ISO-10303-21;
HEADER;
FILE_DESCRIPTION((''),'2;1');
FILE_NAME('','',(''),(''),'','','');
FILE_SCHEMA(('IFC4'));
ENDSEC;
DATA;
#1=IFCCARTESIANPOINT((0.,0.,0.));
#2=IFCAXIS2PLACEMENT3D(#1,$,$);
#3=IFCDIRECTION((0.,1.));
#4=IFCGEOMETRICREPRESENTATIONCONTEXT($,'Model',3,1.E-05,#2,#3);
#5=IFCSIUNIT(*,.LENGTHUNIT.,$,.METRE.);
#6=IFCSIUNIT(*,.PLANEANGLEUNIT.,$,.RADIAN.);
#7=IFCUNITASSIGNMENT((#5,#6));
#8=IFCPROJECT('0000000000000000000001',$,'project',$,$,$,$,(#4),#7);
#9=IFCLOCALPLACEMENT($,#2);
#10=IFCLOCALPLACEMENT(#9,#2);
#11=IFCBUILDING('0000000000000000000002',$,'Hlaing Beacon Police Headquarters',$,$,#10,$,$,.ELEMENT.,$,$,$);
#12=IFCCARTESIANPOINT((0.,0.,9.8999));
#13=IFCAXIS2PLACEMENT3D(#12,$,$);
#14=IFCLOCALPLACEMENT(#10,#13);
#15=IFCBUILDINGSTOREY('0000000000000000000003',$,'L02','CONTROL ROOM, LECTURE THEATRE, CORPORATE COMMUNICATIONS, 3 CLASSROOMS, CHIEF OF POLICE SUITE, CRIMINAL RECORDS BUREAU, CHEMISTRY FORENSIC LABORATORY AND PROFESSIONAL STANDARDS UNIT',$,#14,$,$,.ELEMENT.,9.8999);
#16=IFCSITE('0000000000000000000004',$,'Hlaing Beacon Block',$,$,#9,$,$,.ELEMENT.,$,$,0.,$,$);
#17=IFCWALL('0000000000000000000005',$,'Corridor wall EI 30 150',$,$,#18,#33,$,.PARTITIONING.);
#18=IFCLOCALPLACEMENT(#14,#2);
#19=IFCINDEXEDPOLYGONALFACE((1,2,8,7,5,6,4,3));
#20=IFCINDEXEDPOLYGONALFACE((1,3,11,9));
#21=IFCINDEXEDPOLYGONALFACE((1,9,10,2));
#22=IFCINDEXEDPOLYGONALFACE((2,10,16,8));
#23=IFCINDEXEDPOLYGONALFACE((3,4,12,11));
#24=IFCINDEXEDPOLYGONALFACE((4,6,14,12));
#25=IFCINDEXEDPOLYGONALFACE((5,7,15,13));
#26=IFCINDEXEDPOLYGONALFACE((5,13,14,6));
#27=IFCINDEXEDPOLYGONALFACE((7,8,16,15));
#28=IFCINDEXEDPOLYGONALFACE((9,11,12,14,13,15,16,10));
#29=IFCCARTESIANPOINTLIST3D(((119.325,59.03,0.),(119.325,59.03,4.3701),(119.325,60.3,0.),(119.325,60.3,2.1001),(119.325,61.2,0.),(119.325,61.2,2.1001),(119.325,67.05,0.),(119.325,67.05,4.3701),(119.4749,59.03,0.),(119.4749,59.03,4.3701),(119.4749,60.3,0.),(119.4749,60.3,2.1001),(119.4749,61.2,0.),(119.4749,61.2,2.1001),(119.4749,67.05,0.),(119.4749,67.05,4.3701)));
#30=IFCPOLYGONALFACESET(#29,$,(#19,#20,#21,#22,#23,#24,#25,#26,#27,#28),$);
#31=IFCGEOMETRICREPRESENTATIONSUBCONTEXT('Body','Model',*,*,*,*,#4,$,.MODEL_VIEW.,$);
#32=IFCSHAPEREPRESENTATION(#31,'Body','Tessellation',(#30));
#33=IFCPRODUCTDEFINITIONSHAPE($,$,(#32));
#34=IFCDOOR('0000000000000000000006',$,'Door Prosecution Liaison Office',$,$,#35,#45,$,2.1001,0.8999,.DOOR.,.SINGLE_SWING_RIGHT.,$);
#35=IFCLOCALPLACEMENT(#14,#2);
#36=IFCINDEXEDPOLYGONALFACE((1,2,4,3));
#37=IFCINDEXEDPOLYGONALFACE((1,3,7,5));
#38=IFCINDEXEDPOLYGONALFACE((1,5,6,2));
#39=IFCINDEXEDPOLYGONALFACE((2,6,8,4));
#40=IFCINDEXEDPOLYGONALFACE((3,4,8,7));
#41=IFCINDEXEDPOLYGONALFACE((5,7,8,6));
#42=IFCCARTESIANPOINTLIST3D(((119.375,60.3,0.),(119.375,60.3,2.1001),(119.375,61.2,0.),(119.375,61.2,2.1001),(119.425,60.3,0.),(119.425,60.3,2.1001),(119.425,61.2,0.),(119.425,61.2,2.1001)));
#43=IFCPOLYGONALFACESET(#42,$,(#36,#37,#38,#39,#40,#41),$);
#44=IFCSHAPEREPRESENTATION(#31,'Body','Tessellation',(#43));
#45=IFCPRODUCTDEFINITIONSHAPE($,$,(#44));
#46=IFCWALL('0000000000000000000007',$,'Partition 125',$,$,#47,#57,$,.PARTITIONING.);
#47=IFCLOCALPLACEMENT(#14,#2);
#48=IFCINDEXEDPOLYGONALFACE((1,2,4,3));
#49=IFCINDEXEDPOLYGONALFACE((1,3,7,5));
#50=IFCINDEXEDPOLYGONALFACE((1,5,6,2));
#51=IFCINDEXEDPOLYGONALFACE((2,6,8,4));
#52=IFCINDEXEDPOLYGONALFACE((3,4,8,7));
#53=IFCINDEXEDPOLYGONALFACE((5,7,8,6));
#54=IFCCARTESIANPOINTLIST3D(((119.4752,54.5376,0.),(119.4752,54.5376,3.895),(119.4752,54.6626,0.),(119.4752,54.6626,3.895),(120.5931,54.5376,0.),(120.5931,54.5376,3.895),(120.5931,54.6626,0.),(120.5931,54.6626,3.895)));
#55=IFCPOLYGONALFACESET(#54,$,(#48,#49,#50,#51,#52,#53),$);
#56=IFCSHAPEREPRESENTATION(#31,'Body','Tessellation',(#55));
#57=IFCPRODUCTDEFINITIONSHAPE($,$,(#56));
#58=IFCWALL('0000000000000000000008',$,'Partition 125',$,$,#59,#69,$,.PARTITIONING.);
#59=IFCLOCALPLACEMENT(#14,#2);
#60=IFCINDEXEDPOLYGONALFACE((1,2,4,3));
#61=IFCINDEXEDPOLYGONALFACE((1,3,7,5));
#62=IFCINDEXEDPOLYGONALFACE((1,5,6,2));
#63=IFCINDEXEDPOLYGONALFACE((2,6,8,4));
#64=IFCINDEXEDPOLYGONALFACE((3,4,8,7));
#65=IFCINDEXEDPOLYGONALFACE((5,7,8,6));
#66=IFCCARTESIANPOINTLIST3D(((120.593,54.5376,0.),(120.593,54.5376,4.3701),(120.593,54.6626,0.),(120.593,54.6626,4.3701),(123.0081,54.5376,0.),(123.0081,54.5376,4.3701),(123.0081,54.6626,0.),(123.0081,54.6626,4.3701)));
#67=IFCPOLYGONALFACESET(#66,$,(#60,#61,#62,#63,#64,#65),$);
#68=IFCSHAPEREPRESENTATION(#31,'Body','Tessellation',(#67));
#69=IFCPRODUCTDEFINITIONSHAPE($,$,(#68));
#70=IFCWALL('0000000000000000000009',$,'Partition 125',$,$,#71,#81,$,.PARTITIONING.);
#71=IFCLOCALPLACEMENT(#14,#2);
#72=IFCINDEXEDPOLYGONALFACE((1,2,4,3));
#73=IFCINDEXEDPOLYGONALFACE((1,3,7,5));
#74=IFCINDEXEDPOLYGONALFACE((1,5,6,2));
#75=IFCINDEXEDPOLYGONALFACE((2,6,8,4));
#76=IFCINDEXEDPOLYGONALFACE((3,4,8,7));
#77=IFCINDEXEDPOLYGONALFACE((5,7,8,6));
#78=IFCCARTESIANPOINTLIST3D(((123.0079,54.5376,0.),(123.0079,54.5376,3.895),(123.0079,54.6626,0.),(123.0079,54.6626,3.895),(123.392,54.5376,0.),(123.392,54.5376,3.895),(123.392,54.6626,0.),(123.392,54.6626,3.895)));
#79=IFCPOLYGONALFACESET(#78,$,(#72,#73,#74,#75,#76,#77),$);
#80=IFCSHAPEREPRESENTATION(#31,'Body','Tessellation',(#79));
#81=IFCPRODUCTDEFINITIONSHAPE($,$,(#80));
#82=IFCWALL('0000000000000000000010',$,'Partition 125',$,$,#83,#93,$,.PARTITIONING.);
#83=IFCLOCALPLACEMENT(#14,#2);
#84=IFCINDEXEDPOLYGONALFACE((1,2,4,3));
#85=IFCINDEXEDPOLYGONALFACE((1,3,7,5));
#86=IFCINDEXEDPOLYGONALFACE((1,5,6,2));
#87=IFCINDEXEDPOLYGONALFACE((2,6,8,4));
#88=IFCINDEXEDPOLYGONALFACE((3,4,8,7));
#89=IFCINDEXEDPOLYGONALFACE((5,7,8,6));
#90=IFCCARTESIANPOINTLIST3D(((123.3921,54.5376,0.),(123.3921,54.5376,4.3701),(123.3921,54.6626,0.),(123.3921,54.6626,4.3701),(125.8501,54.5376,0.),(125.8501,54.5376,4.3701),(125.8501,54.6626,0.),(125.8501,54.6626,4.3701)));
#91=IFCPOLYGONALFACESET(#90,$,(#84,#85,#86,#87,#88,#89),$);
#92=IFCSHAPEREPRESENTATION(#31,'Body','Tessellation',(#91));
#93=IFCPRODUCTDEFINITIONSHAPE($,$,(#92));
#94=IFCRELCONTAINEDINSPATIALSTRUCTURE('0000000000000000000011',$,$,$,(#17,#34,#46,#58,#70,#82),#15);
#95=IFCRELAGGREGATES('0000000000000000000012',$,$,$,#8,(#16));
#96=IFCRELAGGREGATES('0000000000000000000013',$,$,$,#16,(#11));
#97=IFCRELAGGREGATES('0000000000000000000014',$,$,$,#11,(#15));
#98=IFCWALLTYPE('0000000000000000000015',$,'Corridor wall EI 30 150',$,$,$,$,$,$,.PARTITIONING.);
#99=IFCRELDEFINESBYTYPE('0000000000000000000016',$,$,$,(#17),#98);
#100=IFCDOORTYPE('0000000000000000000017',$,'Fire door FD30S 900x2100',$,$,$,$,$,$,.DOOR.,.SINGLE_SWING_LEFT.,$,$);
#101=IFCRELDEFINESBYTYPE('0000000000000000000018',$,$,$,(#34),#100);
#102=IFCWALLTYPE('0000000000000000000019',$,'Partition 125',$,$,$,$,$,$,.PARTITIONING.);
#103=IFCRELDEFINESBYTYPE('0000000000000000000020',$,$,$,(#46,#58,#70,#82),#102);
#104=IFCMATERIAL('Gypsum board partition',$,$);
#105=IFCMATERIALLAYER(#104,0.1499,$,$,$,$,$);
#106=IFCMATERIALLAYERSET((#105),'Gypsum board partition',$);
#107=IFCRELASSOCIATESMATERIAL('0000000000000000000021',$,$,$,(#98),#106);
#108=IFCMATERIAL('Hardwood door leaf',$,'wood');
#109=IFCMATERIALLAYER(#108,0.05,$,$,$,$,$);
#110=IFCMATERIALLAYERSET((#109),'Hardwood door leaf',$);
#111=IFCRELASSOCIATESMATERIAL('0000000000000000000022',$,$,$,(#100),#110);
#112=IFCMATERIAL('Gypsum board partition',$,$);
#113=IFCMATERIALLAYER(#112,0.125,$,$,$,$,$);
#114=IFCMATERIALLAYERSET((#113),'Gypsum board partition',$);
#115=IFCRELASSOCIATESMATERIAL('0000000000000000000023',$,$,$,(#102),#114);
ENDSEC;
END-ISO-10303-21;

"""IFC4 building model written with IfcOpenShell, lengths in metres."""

from ifc_helpers import new_model, si_unit, direction, frame, frame_2d, origin, place, context, subcontext, project, spatial, rectangle, extrude, material, layer, layer_set, type_object, element, fill, save


model = new_model("IFC4")

# Units and contexts
model_context = context("Model", 3, precision=1e-05, world=origin(), true_north=direction((0.0, 1.0)))
body_context = subcontext(model_context, "Body", "Model", "MODEL_VIEW")
ifc_project = project(units=[si_unit("LENGTHUNIT", "METRE"), si_unit("PLANEANGLEUNIT", "RADIAN")], contexts=[model_context])

# Site, building, storey
site_placement = place(None, origin())
site = spatial("IfcSite", under=ifc_project, at=site_placement, Name="Hlaing Beacon Block", CompositionType="ELEMENT", RefElevation=0.0)
building_placement = place(site_placement, origin())
building = spatial("IfcBuilding", under=site, at=building_placement, Name="Hlaing Beacon Police Headquarters", CompositionType="ELEMENT")
storey_placement = place(building_placement, frame((0.0, 0.0, 9.8999)))
storey = spatial("IfcBuildingStorey", under=building, at=storey_placement, Name="L02", Description="CONTROL ROOM, LECTURE THEATRE, CORPORATE COMMUNICATIONS, 3 CLASSROOMS, CHIEF OF POLICE SUITE, CRIMINAL RECORDS BUREAU, CHEMISTRY FORENSIC LABORATORY AND PROFESSIONAL STANDARDS UNIT", CompositionType="ELEMENT", Elevation=9.8999)

# Shared definitions
ifc_material_1 = material(Name="Gypsum board partition")
ifc_layer_1 = layer(ifc_material_1, 0.1499)
ifc_layer_set_1 = layer_set([ifc_layer_1], Name="Gypsum board partition")
wall_type_1 = type_object("IfcWallType", Name="Corridor wall EI 30 150", PredefinedType="PARTITIONING", material=ifc_layer_set_1)

# Wall, opening, door
wall_1_placement = place(storey_placement, frame((119.3999, 59.03, 0.0), z_axis=(0.0, 0.0, 1.0), x_axis=(0.0, 1.0, 0.0)))
wall_1 = element("IfcWall", 1, at=wall_1_placement, inside=storey, type_object=wall_type_1, Name="Corridor wall EI 30 150", PredefinedType="PARTITIONING", context=body_context, shape_type="SweptSolid", body=[
    extrude(rectangle(XDim=8.02, YDim=0.1499, at=frame_2d((4.01, 0.0))), origin(), (0.0, 0.0, 1.0), 4.3701),
])
opening_1_placement = place(wall_1_placement, frame((1.27, 0.0, 0.0)))
opening_1 = element("IfcOpeningElement", 2, at=opening_1_placement, cuts=wall_1, PredefinedType="OPENING", context=body_context, shape_type="SweptSolid", body=[
    extrude(rectangle(XDim=0.8999, YDim=2.1001, at=frame_2d((0.45, 1.05))), frame((0.0, 0.085, 0.0), z_axis=(0.0, -1.0, 0.0), x_axis=(1.0, 0.0, 0.0)), (0.0, 0.0, 1.0), 0.1699),
])
ifc_material_2 = material(Name="Hardwood door leaf", Category="wood")
ifc_layer_2 = layer(ifc_material_2, 0.05)
ifc_layer_set_2 = layer_set([ifc_layer_2], Name="Hardwood door leaf")
door_type_1 = type_object("IfcDoorType", Name="Fire door FD30S 900x2100", OperationType="SINGLE_SWING_LEFT", PredefinedType="DOOR", material=ifc_layer_set_2)
door_1_placement = place(opening_1_placement, frame((0.8999, 0.0, 0.0), z_axis=(0.0, 0.0, 1.0), x_axis=(-1.0, 0.0, 0.0)))
door_1 = element("IfcDoor", 3, at=door_1_placement, inside=storey, type_object=door_type_1, Name="Door Prosecution Liaison Office", OperationType="SINGLE_SWING_RIGHT", OverallHeight=2.1001, OverallWidth=0.8999, PredefinedType="DOOR", context=body_context, shape_type="SweptSolid", body=[
    extrude(rectangle(XDim=0.8999, YDim=2.1001, at=frame_2d((0.45, 1.05))), frame((0.0, 0.0251, 0.0), z_axis=(0.0, -1.0, 0.0), x_axis=(1.0, 0.0, 0.0)), (0.0, 0.0, 1.0), 0.05),
])
fill(opening_1, door_1)

# Walls
ifc_material_3 = material(Name="Gypsum board partition")
ifc_layer_3 = layer(ifc_material_3, 0.125)
ifc_layer_set_3 = layer_set([ifc_layer_3], Name="Gypsum board partition")
wall_type_2 = type_object("IfcWallType", Name="Partition 125", PredefinedType="PARTITIONING", material=ifc_layer_set_3)
wall_2_placement = place(storey_placement, frame((119.4751, 54.6001, 0.0), z_axis=(0.0, 0.0, 1.0), x_axis=(1.0, 0.0, 0.0)))
element("IfcWall", 4, at=wall_2_placement, inside=storey, type_object=wall_type_2, Name="Partition 125", PredefinedType="PARTITIONING", context=body_context, shape_type="SweptSolid", body=[
    extrude(rectangle(XDim=1.1179, YDim=0.125, at=frame_2d((0.5591, 0.0))), origin(), (0.0, 0.0, 1.0), 3.895),
])
wall_3_placement = place(storey_placement, frame((120.593, 54.6001, 0.0), z_axis=(0.0, 0.0, 1.0), x_axis=(1.0, 0.0, 0.0)))
element("IfcWall", 5, at=wall_3_placement, inside=storey, type_object=wall_type_2, Name="Partition 125", PredefinedType="PARTITIONING", context=body_context, shape_type="SweptSolid", body=[
    extrude(rectangle(XDim=2.415, YDim=0.125, at=frame_2d((1.2075, 0.0))), origin(), (0.0, 0.0, 1.0), 4.3701),
])
wall_4_placement = place(storey_placement, frame((123.0081, 54.6001, 0.0), z_axis=(0.0, 0.0, 1.0), x_axis=(1.0, 0.0, 0.0)))
element("IfcWall", 6, at=wall_4_placement, inside=storey, type_object=wall_type_2, Name="Partition 125", PredefinedType="PARTITIONING", context=body_context, shape_type="SweptSolid", body=[
    extrude(rectangle(XDim=0.384, YDim=0.125, at=frame_2d((0.1919, 0.0))), origin(), (0.0, 0.0, 1.0), 3.895),
])
wall_5_placement = place(storey_placement, frame((123.3921, 54.6001, 0.0), z_axis=(0.0, 0.0, 1.0), x_axis=(1.0, 0.0, 0.0)))
element("IfcWall", 7, at=wall_5_placement, inside=storey, type_object=wall_type_2, Name="Partition 125", PredefinedType="PARTITIONING", context=body_context, shape_type="SweptSolid", body=[
    extrude(rectangle(XDim=2.458, YDim=0.125, at=frame_2d((1.229, 0.0))), origin(), (0.0, 0.0, 1.0), 4.3701),
])

save(model, "model.ifc")
